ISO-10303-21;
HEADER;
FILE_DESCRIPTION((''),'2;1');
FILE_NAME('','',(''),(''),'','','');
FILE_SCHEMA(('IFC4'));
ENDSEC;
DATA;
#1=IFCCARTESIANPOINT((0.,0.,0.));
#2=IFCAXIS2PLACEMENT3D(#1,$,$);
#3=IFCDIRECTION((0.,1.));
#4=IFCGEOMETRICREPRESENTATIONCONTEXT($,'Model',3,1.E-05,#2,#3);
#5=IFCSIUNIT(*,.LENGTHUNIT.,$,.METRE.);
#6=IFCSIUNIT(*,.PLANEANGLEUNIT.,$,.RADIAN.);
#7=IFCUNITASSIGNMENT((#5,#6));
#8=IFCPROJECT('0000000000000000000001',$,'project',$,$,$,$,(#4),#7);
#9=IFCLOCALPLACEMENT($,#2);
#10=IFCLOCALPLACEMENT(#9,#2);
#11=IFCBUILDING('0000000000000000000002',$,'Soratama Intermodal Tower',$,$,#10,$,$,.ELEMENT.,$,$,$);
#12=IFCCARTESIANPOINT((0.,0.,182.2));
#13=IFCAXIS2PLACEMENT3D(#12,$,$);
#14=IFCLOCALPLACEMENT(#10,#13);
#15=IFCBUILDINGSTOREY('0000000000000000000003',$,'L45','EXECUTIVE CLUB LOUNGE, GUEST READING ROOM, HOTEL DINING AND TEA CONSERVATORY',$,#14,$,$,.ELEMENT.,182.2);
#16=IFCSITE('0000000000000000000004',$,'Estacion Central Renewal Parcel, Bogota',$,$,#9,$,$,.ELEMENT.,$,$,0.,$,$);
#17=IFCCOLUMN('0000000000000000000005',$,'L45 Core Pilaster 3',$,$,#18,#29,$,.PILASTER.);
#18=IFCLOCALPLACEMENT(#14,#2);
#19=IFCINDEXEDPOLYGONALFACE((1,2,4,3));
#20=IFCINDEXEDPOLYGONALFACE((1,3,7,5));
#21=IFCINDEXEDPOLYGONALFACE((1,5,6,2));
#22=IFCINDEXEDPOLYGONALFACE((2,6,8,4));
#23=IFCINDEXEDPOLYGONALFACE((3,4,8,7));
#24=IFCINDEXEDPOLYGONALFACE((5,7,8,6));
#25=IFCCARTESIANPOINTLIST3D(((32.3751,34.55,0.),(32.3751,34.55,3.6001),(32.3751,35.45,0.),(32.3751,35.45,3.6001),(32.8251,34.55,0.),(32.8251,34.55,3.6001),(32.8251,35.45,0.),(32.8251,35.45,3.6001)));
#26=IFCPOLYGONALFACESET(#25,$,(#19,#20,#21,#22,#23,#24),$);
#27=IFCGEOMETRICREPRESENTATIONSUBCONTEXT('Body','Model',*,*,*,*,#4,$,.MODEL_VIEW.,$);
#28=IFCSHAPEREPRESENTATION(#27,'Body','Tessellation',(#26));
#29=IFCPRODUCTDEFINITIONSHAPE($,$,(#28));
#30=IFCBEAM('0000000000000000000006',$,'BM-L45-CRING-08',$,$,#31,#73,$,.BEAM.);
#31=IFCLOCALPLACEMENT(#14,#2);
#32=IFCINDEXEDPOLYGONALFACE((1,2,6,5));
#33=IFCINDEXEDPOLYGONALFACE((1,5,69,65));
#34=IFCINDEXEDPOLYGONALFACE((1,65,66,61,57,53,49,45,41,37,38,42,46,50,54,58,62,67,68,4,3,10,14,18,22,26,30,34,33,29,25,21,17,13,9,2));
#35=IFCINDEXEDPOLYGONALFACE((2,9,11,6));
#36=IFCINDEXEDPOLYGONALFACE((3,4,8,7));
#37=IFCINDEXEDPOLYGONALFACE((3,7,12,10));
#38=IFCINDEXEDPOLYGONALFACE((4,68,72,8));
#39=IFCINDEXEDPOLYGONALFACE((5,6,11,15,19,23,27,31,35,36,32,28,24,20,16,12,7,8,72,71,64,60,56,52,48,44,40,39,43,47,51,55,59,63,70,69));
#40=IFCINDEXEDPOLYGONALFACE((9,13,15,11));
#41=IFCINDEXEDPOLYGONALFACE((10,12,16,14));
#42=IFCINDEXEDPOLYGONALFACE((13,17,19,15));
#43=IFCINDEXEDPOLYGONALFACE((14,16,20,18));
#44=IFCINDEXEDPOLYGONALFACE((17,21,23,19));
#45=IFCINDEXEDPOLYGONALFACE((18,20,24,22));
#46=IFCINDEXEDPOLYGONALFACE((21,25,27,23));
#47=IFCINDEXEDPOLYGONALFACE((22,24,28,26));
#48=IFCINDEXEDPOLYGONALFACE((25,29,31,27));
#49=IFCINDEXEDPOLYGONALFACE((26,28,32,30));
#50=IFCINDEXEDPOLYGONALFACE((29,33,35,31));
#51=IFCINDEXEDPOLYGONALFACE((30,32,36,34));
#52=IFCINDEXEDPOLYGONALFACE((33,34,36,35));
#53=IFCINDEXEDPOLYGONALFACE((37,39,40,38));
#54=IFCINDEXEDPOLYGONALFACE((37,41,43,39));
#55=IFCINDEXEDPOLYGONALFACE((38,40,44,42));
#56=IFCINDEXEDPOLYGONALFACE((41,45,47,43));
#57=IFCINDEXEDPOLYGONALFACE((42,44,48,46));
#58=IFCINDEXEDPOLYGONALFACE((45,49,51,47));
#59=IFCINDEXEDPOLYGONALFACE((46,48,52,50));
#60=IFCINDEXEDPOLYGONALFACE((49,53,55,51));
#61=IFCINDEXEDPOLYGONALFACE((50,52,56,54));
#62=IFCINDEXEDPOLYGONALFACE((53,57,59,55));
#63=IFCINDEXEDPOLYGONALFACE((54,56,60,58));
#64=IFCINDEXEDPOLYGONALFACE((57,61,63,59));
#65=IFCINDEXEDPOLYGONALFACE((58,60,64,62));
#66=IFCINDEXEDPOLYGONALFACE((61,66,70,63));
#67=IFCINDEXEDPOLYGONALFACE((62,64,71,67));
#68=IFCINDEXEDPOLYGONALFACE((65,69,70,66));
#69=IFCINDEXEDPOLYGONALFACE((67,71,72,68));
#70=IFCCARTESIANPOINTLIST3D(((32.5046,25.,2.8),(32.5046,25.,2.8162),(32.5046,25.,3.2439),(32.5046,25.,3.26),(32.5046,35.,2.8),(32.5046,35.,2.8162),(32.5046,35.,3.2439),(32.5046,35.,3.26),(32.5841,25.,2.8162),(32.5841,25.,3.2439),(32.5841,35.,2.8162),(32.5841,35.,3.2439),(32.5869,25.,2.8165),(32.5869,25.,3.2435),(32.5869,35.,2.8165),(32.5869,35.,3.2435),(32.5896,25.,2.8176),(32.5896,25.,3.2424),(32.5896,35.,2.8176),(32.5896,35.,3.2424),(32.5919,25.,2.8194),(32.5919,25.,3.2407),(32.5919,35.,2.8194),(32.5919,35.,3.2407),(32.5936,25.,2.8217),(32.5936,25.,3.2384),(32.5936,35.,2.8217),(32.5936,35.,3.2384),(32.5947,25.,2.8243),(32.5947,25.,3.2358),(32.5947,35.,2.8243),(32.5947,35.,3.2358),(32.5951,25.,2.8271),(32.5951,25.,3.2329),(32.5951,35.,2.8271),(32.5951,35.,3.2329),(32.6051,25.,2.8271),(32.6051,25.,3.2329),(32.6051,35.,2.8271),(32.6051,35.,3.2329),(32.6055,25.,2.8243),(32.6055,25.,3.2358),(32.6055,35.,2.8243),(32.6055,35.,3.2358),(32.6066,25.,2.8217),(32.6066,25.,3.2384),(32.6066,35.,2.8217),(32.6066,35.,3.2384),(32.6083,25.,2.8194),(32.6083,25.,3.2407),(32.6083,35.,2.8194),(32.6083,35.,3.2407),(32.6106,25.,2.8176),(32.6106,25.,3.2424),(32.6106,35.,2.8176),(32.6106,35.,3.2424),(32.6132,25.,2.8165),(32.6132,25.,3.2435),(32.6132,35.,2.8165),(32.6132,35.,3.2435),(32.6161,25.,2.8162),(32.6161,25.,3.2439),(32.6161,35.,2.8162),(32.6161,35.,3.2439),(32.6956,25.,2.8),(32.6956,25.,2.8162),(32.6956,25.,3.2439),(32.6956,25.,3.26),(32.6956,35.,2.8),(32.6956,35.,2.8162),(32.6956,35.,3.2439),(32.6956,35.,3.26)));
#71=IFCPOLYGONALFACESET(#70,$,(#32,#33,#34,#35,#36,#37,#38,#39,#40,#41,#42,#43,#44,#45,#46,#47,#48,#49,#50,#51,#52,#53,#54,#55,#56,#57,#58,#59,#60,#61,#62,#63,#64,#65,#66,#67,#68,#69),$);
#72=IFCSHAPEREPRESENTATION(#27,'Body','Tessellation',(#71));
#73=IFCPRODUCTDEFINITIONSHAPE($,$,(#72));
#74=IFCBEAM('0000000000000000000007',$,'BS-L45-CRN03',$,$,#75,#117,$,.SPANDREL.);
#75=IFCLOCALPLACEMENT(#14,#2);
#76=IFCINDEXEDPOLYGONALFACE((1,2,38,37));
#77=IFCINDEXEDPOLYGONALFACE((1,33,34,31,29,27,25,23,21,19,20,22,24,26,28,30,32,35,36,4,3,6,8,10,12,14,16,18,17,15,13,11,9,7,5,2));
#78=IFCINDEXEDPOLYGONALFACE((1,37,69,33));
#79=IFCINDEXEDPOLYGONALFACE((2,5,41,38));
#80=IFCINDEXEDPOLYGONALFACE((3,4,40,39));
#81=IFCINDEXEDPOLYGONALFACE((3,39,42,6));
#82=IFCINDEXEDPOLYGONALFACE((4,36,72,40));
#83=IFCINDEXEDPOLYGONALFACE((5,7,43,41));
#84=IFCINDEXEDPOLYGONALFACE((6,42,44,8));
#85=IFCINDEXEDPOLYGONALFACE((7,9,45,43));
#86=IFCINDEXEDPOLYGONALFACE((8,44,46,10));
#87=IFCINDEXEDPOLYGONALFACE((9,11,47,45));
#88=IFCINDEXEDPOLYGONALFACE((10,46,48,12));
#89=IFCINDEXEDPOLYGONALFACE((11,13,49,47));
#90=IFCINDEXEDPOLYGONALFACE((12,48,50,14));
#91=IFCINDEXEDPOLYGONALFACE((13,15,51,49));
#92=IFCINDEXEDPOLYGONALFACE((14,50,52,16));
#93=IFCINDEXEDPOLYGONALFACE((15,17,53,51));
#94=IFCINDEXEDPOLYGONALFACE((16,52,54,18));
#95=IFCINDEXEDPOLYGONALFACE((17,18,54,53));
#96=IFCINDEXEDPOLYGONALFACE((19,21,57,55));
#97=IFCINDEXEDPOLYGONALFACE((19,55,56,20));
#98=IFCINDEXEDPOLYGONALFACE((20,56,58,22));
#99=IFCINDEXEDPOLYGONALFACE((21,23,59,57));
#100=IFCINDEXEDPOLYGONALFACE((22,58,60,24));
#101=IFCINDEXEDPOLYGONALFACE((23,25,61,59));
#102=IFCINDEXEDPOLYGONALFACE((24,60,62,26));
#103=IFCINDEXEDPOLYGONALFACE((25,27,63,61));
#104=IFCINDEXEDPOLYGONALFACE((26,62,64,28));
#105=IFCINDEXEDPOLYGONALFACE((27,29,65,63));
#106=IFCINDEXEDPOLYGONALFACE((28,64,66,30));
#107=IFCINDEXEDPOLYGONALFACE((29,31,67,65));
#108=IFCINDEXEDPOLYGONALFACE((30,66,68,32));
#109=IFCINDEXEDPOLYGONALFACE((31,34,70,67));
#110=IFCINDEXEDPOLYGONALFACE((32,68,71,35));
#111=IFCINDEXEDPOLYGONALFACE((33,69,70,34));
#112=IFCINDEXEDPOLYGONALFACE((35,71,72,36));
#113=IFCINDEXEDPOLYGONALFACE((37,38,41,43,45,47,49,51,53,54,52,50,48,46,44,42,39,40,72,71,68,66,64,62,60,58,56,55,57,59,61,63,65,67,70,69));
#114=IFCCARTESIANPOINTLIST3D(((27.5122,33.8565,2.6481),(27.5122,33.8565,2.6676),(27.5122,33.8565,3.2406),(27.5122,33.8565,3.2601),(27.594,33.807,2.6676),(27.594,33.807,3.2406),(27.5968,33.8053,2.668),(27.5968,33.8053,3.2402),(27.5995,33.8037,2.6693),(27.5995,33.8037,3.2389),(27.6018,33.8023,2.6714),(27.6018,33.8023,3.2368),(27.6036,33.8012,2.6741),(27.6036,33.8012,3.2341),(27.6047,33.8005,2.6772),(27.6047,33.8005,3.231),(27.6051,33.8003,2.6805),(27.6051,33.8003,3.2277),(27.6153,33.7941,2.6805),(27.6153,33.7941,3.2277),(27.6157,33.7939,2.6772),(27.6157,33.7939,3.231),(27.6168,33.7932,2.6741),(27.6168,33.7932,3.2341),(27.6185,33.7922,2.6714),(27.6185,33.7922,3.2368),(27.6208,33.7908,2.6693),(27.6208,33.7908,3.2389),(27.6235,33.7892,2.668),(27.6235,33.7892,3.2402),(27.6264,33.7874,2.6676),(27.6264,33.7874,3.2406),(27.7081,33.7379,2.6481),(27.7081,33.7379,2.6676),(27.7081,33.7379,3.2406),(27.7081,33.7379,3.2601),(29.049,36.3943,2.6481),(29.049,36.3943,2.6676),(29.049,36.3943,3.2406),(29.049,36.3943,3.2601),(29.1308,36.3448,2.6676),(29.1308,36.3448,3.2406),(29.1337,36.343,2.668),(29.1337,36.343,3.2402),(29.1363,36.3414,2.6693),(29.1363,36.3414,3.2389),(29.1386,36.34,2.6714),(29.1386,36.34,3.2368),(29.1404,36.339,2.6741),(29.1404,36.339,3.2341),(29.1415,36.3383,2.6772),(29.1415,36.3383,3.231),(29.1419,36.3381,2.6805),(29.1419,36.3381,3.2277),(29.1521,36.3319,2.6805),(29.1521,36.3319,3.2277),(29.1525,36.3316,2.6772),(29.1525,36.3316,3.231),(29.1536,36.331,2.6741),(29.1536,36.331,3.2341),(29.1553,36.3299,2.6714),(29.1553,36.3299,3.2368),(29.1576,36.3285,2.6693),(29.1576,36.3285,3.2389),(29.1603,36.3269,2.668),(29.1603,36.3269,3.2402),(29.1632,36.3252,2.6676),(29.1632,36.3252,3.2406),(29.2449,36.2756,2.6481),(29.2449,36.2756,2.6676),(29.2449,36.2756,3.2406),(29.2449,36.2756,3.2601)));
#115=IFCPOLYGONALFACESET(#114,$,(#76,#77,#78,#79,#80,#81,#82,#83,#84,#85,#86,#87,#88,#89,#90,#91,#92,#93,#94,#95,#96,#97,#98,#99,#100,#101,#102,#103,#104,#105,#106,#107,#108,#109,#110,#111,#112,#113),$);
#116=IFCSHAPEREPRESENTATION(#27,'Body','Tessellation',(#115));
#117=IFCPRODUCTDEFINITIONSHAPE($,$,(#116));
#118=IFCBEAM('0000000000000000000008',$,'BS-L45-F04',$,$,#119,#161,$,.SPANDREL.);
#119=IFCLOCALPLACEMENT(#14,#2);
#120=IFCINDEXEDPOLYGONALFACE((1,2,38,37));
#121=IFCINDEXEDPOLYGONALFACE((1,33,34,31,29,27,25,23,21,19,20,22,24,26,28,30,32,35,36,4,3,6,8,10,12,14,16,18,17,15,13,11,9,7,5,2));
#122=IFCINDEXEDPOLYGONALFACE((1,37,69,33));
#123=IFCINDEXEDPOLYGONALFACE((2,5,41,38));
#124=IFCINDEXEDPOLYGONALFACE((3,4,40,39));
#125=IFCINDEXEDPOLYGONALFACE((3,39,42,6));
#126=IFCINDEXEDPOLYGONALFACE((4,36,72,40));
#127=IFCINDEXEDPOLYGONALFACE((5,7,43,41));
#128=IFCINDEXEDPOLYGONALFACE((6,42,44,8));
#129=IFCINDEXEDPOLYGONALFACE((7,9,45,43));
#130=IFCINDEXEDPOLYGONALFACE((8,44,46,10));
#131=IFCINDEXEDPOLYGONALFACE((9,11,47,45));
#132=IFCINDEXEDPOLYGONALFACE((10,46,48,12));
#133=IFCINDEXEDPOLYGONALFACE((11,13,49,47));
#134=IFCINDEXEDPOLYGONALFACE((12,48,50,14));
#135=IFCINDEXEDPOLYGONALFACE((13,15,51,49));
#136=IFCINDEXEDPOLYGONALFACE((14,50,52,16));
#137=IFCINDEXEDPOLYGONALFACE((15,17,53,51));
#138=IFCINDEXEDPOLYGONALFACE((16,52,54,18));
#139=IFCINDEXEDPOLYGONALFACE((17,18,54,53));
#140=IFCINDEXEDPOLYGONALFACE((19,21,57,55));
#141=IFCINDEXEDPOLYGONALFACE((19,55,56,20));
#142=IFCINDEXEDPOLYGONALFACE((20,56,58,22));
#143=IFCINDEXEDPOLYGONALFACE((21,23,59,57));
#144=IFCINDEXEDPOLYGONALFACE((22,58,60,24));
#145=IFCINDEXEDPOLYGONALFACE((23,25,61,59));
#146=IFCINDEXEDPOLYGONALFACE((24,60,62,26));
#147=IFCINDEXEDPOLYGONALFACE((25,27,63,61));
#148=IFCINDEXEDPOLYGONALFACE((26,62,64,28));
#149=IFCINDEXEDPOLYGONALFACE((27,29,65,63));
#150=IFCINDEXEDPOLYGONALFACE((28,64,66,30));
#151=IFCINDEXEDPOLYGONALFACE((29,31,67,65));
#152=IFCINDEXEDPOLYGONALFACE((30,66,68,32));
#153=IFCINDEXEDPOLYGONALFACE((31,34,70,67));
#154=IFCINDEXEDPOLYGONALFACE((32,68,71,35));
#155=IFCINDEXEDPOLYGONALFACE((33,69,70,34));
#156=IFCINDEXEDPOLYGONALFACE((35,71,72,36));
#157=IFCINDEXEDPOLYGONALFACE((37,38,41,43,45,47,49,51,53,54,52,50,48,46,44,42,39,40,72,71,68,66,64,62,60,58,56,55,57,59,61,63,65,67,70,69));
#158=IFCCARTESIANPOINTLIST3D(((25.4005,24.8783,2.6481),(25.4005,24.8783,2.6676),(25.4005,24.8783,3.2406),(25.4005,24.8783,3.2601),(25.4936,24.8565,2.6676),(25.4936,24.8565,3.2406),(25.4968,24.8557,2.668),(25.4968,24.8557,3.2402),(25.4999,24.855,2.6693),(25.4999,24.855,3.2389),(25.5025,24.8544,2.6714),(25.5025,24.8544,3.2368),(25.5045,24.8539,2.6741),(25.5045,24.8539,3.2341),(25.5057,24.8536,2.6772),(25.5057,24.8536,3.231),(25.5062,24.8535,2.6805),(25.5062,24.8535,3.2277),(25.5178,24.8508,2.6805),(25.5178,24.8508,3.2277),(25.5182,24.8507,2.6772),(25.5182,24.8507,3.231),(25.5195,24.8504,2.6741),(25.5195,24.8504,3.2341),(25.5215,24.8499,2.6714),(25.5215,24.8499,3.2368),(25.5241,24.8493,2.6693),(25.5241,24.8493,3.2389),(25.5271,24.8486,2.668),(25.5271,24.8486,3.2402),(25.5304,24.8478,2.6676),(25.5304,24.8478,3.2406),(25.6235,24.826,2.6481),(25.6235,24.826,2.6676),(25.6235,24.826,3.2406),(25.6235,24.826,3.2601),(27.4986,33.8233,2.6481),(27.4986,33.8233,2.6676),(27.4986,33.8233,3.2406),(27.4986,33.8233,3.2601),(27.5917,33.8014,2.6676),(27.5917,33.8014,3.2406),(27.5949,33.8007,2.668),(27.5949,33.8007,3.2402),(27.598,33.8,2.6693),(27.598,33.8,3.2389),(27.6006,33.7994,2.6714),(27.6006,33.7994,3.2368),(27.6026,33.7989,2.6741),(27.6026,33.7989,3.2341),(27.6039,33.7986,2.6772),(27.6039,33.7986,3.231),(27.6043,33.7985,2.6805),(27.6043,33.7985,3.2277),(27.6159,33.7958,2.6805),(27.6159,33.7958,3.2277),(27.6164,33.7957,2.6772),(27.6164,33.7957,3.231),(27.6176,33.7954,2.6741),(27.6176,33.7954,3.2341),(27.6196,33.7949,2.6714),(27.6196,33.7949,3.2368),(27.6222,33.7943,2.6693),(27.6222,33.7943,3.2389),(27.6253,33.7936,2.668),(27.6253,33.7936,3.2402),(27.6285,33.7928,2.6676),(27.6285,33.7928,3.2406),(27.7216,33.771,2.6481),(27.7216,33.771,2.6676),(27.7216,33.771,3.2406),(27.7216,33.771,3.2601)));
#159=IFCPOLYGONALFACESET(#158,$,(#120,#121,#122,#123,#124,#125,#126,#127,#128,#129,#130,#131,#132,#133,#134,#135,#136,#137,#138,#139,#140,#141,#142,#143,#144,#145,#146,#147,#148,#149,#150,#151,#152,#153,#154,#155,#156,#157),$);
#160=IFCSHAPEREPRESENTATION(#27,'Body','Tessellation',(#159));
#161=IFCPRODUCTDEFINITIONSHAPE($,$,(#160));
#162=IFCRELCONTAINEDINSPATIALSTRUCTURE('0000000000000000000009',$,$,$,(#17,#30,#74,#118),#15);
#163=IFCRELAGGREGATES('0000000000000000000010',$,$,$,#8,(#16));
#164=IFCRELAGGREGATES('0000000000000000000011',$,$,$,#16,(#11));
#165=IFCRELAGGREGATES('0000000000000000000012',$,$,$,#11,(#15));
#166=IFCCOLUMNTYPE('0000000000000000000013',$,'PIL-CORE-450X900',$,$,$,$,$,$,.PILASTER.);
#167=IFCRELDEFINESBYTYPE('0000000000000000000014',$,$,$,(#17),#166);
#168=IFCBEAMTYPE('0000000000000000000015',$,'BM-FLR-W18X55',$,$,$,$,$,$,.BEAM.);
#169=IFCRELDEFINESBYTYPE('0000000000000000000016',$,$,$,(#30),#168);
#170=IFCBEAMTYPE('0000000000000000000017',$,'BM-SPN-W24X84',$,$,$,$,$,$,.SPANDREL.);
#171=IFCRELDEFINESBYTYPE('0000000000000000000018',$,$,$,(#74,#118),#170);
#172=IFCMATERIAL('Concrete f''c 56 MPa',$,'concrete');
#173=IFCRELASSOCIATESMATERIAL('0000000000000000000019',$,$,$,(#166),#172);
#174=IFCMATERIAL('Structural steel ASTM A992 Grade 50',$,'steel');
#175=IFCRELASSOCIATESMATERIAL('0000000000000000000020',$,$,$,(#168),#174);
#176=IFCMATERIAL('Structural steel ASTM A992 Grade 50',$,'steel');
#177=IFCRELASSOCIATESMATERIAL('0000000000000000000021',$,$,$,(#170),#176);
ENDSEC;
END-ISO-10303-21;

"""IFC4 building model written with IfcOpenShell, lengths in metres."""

from ifc_helpers import new_model, si_unit, direction, frame, origin, origin_2d, place, context, subcontext, project, spatial, rectangle, i_section, extrude, material, material_profile, profile_set, type_object, element, save


model = new_model("IFC4")

# Units and contexts
model_context = context("Model", 3, precision=1e-05, world=origin(), true_north=direction((0.0, 1.0)))
body_context = subcontext(model_context, "Body", "Model", "MODEL_VIEW")
ifc_project = project(units=[si_unit("LENGTHUNIT", "METRE"), si_unit("PLANEANGLEUNIT", "RADIAN")], contexts=[model_context])

# Site, building, storey
site_placement = place(None, origin())
site = spatial("IfcSite", under=ifc_project, at=site_placement, Name="Estacion Central Renewal Parcel, Bogota", CompositionType="ELEMENT", RefElevation=0.0)
building_placement = place(site_placement, origin())
building = spatial("IfcBuilding", under=site, at=building_placement, Name="Soratama Intermodal Tower", CompositionType="ELEMENT")
storey_placement = place(building_placement, frame((0.0, 0.0, 182.2)))
storey = spatial("IfcBuildingStorey", under=building, at=storey_placement, Name="L45", Description="EXECUTIVE CLUB LOUNGE, GUEST READING ROOM, HOTEL DINING AND TEA CONSERVATORY", CompositionType="ELEMENT", Elevation=182.2)

# Column
ifc_material_1 = material(Name="Concrete f'c 56 MPa", Category="concrete")
ifc_material_profile_1 = material_profile(ifc_material_1, rectangle(XDim=0.45, YDim=0.8999, at=origin_2d()), Name="RC450X900")
ifc_profile_set_1 = profile_set([ifc_material_profile_1], Name="Concrete f'c 56 MPa")
column_type = type_object("IfcColumnType", Name="PIL-CORE-450X900", PredefinedType="PILASTER", material=ifc_profile_set_1)
column_placement = place(storey_placement, frame((32.6001, 35.0, 0.0), z_axis=(0.0, 0.0, 1.0), x_axis=(1.0, 0.0, 0.0)))
element("IfcColumn", 1, at=column_placement, inside=storey, type_object=column_type, Name="L45 Core Pilaster 3", PredefinedType="PILASTER", context=body_context, shape_type="SweptSolid", body=[
    extrude(rectangle(XDim=0.45, YDim=0.8999, at=origin_2d()), origin(), (0.0, 0.0, 1.0), 3.6001),
])

# Beams
ifc_material_2 = material(Name="Structural steel ASTM A992 Grade 50", Category="steel")
ifc_material_profile_2 = material_profile(ifc_material_2, i_section(OverallWidth=0.1909, OverallDepth=0.46, WebThickness=0.01, FlangeThickness=0.0161, FilletRadius=0.011, at=origin_2d()), Name="W18X55")
ifc_profile_set_2 = profile_set([ifc_material_profile_2], Name="Structural steel ASTM A992 Grade 50")
beam_type_1 = type_object("IfcBeamType", Name="BM-FLR-W18X55", PredefinedType="BEAM", material=ifc_profile_set_2)
beam_1_placement = place(storey_placement, frame((32.6001, 35.0, 3.03), z_axis=(0.0, -1.0, 0.0), x_axis=(1.0, 0.0, 0.0)))
element("IfcBeam", 2, at=beam_1_placement, inside=storey, type_object=beam_type_1, Name="BM-L45-CRING-08", PredefinedType="BEAM", context=body_context, shape_type="SweptSolid", body=[
    extrude(i_section(OverallWidth=0.1909, OverallDepth=0.46, WebThickness=0.01, FlangeThickness=0.0161, FilletRadius=0.011, at=origin_2d()), origin(), (0.0, 0.0, 1.0), 10.0),
])
ifc_material_3 = material(Name="Structural steel ASTM A992 Grade 50", Category="steel")
ifc_material_profile_3 = material_profile(ifc_material_3, i_section(OverallWidth=0.229, OverallDepth=0.6121, WebThickness=0.012, FlangeThickness=0.0195, FilletRadius=0.0129, at=origin_2d()), Name="W24X84")
ifc_profile_set_3 = profile_set([ifc_material_profile_3], Name="Structural steel ASTM A992 Grade 50")
beam_type_2 = type_object("IfcBeamType", Name="BM-SPN-W24X84", PredefinedType="SPANDREL", material=ifc_profile_set_3)
beam_2_placement = place(storey_placement, frame((29.147, 36.335, 2.9541), z_axis=(-0.518001, -0.85538, 0.0), x_axis=(0.85538, -0.518001, 0.0)))
element("IfcBeam", 3, at=beam_2_placement, inside=storey, type_object=beam_type_2, Name="BS-L45-CRN03", PredefinedType="SPANDREL", context=body_context, shape_type="SweptSolid", body=[
    extrude(i_section(OverallWidth=0.229, OverallDepth=0.6121, WebThickness=0.012, FlangeThickness=0.0195, FilletRadius=0.0129, at=origin_2d()), origin(), (0.0, 0.0, 1.0), 2.9668),
])
beam_3_placement = place(storey_placement, frame((27.6101, 33.7971, 2.9541), z_axis=(-0.228361, -0.973577, 0.0), x_axis=(0.973577, -0.228361, 0.0)))
element("IfcBeam", 4, at=beam_3_placement, inside=storey, type_object=beam_type_2, Name="BS-L45-F04", PredefinedType="SPANDREL", context=body_context, shape_type="SweptSolid", body=[
    extrude(i_section(OverallWidth=0.229, OverallDepth=0.6121, WebThickness=0.012, FlangeThickness=0.0195, FilletRadius=0.0129, at=origin_2d()), origin(), (0.0, 0.0, 1.0), 9.1877),
])

save(model, "model.ifc")
